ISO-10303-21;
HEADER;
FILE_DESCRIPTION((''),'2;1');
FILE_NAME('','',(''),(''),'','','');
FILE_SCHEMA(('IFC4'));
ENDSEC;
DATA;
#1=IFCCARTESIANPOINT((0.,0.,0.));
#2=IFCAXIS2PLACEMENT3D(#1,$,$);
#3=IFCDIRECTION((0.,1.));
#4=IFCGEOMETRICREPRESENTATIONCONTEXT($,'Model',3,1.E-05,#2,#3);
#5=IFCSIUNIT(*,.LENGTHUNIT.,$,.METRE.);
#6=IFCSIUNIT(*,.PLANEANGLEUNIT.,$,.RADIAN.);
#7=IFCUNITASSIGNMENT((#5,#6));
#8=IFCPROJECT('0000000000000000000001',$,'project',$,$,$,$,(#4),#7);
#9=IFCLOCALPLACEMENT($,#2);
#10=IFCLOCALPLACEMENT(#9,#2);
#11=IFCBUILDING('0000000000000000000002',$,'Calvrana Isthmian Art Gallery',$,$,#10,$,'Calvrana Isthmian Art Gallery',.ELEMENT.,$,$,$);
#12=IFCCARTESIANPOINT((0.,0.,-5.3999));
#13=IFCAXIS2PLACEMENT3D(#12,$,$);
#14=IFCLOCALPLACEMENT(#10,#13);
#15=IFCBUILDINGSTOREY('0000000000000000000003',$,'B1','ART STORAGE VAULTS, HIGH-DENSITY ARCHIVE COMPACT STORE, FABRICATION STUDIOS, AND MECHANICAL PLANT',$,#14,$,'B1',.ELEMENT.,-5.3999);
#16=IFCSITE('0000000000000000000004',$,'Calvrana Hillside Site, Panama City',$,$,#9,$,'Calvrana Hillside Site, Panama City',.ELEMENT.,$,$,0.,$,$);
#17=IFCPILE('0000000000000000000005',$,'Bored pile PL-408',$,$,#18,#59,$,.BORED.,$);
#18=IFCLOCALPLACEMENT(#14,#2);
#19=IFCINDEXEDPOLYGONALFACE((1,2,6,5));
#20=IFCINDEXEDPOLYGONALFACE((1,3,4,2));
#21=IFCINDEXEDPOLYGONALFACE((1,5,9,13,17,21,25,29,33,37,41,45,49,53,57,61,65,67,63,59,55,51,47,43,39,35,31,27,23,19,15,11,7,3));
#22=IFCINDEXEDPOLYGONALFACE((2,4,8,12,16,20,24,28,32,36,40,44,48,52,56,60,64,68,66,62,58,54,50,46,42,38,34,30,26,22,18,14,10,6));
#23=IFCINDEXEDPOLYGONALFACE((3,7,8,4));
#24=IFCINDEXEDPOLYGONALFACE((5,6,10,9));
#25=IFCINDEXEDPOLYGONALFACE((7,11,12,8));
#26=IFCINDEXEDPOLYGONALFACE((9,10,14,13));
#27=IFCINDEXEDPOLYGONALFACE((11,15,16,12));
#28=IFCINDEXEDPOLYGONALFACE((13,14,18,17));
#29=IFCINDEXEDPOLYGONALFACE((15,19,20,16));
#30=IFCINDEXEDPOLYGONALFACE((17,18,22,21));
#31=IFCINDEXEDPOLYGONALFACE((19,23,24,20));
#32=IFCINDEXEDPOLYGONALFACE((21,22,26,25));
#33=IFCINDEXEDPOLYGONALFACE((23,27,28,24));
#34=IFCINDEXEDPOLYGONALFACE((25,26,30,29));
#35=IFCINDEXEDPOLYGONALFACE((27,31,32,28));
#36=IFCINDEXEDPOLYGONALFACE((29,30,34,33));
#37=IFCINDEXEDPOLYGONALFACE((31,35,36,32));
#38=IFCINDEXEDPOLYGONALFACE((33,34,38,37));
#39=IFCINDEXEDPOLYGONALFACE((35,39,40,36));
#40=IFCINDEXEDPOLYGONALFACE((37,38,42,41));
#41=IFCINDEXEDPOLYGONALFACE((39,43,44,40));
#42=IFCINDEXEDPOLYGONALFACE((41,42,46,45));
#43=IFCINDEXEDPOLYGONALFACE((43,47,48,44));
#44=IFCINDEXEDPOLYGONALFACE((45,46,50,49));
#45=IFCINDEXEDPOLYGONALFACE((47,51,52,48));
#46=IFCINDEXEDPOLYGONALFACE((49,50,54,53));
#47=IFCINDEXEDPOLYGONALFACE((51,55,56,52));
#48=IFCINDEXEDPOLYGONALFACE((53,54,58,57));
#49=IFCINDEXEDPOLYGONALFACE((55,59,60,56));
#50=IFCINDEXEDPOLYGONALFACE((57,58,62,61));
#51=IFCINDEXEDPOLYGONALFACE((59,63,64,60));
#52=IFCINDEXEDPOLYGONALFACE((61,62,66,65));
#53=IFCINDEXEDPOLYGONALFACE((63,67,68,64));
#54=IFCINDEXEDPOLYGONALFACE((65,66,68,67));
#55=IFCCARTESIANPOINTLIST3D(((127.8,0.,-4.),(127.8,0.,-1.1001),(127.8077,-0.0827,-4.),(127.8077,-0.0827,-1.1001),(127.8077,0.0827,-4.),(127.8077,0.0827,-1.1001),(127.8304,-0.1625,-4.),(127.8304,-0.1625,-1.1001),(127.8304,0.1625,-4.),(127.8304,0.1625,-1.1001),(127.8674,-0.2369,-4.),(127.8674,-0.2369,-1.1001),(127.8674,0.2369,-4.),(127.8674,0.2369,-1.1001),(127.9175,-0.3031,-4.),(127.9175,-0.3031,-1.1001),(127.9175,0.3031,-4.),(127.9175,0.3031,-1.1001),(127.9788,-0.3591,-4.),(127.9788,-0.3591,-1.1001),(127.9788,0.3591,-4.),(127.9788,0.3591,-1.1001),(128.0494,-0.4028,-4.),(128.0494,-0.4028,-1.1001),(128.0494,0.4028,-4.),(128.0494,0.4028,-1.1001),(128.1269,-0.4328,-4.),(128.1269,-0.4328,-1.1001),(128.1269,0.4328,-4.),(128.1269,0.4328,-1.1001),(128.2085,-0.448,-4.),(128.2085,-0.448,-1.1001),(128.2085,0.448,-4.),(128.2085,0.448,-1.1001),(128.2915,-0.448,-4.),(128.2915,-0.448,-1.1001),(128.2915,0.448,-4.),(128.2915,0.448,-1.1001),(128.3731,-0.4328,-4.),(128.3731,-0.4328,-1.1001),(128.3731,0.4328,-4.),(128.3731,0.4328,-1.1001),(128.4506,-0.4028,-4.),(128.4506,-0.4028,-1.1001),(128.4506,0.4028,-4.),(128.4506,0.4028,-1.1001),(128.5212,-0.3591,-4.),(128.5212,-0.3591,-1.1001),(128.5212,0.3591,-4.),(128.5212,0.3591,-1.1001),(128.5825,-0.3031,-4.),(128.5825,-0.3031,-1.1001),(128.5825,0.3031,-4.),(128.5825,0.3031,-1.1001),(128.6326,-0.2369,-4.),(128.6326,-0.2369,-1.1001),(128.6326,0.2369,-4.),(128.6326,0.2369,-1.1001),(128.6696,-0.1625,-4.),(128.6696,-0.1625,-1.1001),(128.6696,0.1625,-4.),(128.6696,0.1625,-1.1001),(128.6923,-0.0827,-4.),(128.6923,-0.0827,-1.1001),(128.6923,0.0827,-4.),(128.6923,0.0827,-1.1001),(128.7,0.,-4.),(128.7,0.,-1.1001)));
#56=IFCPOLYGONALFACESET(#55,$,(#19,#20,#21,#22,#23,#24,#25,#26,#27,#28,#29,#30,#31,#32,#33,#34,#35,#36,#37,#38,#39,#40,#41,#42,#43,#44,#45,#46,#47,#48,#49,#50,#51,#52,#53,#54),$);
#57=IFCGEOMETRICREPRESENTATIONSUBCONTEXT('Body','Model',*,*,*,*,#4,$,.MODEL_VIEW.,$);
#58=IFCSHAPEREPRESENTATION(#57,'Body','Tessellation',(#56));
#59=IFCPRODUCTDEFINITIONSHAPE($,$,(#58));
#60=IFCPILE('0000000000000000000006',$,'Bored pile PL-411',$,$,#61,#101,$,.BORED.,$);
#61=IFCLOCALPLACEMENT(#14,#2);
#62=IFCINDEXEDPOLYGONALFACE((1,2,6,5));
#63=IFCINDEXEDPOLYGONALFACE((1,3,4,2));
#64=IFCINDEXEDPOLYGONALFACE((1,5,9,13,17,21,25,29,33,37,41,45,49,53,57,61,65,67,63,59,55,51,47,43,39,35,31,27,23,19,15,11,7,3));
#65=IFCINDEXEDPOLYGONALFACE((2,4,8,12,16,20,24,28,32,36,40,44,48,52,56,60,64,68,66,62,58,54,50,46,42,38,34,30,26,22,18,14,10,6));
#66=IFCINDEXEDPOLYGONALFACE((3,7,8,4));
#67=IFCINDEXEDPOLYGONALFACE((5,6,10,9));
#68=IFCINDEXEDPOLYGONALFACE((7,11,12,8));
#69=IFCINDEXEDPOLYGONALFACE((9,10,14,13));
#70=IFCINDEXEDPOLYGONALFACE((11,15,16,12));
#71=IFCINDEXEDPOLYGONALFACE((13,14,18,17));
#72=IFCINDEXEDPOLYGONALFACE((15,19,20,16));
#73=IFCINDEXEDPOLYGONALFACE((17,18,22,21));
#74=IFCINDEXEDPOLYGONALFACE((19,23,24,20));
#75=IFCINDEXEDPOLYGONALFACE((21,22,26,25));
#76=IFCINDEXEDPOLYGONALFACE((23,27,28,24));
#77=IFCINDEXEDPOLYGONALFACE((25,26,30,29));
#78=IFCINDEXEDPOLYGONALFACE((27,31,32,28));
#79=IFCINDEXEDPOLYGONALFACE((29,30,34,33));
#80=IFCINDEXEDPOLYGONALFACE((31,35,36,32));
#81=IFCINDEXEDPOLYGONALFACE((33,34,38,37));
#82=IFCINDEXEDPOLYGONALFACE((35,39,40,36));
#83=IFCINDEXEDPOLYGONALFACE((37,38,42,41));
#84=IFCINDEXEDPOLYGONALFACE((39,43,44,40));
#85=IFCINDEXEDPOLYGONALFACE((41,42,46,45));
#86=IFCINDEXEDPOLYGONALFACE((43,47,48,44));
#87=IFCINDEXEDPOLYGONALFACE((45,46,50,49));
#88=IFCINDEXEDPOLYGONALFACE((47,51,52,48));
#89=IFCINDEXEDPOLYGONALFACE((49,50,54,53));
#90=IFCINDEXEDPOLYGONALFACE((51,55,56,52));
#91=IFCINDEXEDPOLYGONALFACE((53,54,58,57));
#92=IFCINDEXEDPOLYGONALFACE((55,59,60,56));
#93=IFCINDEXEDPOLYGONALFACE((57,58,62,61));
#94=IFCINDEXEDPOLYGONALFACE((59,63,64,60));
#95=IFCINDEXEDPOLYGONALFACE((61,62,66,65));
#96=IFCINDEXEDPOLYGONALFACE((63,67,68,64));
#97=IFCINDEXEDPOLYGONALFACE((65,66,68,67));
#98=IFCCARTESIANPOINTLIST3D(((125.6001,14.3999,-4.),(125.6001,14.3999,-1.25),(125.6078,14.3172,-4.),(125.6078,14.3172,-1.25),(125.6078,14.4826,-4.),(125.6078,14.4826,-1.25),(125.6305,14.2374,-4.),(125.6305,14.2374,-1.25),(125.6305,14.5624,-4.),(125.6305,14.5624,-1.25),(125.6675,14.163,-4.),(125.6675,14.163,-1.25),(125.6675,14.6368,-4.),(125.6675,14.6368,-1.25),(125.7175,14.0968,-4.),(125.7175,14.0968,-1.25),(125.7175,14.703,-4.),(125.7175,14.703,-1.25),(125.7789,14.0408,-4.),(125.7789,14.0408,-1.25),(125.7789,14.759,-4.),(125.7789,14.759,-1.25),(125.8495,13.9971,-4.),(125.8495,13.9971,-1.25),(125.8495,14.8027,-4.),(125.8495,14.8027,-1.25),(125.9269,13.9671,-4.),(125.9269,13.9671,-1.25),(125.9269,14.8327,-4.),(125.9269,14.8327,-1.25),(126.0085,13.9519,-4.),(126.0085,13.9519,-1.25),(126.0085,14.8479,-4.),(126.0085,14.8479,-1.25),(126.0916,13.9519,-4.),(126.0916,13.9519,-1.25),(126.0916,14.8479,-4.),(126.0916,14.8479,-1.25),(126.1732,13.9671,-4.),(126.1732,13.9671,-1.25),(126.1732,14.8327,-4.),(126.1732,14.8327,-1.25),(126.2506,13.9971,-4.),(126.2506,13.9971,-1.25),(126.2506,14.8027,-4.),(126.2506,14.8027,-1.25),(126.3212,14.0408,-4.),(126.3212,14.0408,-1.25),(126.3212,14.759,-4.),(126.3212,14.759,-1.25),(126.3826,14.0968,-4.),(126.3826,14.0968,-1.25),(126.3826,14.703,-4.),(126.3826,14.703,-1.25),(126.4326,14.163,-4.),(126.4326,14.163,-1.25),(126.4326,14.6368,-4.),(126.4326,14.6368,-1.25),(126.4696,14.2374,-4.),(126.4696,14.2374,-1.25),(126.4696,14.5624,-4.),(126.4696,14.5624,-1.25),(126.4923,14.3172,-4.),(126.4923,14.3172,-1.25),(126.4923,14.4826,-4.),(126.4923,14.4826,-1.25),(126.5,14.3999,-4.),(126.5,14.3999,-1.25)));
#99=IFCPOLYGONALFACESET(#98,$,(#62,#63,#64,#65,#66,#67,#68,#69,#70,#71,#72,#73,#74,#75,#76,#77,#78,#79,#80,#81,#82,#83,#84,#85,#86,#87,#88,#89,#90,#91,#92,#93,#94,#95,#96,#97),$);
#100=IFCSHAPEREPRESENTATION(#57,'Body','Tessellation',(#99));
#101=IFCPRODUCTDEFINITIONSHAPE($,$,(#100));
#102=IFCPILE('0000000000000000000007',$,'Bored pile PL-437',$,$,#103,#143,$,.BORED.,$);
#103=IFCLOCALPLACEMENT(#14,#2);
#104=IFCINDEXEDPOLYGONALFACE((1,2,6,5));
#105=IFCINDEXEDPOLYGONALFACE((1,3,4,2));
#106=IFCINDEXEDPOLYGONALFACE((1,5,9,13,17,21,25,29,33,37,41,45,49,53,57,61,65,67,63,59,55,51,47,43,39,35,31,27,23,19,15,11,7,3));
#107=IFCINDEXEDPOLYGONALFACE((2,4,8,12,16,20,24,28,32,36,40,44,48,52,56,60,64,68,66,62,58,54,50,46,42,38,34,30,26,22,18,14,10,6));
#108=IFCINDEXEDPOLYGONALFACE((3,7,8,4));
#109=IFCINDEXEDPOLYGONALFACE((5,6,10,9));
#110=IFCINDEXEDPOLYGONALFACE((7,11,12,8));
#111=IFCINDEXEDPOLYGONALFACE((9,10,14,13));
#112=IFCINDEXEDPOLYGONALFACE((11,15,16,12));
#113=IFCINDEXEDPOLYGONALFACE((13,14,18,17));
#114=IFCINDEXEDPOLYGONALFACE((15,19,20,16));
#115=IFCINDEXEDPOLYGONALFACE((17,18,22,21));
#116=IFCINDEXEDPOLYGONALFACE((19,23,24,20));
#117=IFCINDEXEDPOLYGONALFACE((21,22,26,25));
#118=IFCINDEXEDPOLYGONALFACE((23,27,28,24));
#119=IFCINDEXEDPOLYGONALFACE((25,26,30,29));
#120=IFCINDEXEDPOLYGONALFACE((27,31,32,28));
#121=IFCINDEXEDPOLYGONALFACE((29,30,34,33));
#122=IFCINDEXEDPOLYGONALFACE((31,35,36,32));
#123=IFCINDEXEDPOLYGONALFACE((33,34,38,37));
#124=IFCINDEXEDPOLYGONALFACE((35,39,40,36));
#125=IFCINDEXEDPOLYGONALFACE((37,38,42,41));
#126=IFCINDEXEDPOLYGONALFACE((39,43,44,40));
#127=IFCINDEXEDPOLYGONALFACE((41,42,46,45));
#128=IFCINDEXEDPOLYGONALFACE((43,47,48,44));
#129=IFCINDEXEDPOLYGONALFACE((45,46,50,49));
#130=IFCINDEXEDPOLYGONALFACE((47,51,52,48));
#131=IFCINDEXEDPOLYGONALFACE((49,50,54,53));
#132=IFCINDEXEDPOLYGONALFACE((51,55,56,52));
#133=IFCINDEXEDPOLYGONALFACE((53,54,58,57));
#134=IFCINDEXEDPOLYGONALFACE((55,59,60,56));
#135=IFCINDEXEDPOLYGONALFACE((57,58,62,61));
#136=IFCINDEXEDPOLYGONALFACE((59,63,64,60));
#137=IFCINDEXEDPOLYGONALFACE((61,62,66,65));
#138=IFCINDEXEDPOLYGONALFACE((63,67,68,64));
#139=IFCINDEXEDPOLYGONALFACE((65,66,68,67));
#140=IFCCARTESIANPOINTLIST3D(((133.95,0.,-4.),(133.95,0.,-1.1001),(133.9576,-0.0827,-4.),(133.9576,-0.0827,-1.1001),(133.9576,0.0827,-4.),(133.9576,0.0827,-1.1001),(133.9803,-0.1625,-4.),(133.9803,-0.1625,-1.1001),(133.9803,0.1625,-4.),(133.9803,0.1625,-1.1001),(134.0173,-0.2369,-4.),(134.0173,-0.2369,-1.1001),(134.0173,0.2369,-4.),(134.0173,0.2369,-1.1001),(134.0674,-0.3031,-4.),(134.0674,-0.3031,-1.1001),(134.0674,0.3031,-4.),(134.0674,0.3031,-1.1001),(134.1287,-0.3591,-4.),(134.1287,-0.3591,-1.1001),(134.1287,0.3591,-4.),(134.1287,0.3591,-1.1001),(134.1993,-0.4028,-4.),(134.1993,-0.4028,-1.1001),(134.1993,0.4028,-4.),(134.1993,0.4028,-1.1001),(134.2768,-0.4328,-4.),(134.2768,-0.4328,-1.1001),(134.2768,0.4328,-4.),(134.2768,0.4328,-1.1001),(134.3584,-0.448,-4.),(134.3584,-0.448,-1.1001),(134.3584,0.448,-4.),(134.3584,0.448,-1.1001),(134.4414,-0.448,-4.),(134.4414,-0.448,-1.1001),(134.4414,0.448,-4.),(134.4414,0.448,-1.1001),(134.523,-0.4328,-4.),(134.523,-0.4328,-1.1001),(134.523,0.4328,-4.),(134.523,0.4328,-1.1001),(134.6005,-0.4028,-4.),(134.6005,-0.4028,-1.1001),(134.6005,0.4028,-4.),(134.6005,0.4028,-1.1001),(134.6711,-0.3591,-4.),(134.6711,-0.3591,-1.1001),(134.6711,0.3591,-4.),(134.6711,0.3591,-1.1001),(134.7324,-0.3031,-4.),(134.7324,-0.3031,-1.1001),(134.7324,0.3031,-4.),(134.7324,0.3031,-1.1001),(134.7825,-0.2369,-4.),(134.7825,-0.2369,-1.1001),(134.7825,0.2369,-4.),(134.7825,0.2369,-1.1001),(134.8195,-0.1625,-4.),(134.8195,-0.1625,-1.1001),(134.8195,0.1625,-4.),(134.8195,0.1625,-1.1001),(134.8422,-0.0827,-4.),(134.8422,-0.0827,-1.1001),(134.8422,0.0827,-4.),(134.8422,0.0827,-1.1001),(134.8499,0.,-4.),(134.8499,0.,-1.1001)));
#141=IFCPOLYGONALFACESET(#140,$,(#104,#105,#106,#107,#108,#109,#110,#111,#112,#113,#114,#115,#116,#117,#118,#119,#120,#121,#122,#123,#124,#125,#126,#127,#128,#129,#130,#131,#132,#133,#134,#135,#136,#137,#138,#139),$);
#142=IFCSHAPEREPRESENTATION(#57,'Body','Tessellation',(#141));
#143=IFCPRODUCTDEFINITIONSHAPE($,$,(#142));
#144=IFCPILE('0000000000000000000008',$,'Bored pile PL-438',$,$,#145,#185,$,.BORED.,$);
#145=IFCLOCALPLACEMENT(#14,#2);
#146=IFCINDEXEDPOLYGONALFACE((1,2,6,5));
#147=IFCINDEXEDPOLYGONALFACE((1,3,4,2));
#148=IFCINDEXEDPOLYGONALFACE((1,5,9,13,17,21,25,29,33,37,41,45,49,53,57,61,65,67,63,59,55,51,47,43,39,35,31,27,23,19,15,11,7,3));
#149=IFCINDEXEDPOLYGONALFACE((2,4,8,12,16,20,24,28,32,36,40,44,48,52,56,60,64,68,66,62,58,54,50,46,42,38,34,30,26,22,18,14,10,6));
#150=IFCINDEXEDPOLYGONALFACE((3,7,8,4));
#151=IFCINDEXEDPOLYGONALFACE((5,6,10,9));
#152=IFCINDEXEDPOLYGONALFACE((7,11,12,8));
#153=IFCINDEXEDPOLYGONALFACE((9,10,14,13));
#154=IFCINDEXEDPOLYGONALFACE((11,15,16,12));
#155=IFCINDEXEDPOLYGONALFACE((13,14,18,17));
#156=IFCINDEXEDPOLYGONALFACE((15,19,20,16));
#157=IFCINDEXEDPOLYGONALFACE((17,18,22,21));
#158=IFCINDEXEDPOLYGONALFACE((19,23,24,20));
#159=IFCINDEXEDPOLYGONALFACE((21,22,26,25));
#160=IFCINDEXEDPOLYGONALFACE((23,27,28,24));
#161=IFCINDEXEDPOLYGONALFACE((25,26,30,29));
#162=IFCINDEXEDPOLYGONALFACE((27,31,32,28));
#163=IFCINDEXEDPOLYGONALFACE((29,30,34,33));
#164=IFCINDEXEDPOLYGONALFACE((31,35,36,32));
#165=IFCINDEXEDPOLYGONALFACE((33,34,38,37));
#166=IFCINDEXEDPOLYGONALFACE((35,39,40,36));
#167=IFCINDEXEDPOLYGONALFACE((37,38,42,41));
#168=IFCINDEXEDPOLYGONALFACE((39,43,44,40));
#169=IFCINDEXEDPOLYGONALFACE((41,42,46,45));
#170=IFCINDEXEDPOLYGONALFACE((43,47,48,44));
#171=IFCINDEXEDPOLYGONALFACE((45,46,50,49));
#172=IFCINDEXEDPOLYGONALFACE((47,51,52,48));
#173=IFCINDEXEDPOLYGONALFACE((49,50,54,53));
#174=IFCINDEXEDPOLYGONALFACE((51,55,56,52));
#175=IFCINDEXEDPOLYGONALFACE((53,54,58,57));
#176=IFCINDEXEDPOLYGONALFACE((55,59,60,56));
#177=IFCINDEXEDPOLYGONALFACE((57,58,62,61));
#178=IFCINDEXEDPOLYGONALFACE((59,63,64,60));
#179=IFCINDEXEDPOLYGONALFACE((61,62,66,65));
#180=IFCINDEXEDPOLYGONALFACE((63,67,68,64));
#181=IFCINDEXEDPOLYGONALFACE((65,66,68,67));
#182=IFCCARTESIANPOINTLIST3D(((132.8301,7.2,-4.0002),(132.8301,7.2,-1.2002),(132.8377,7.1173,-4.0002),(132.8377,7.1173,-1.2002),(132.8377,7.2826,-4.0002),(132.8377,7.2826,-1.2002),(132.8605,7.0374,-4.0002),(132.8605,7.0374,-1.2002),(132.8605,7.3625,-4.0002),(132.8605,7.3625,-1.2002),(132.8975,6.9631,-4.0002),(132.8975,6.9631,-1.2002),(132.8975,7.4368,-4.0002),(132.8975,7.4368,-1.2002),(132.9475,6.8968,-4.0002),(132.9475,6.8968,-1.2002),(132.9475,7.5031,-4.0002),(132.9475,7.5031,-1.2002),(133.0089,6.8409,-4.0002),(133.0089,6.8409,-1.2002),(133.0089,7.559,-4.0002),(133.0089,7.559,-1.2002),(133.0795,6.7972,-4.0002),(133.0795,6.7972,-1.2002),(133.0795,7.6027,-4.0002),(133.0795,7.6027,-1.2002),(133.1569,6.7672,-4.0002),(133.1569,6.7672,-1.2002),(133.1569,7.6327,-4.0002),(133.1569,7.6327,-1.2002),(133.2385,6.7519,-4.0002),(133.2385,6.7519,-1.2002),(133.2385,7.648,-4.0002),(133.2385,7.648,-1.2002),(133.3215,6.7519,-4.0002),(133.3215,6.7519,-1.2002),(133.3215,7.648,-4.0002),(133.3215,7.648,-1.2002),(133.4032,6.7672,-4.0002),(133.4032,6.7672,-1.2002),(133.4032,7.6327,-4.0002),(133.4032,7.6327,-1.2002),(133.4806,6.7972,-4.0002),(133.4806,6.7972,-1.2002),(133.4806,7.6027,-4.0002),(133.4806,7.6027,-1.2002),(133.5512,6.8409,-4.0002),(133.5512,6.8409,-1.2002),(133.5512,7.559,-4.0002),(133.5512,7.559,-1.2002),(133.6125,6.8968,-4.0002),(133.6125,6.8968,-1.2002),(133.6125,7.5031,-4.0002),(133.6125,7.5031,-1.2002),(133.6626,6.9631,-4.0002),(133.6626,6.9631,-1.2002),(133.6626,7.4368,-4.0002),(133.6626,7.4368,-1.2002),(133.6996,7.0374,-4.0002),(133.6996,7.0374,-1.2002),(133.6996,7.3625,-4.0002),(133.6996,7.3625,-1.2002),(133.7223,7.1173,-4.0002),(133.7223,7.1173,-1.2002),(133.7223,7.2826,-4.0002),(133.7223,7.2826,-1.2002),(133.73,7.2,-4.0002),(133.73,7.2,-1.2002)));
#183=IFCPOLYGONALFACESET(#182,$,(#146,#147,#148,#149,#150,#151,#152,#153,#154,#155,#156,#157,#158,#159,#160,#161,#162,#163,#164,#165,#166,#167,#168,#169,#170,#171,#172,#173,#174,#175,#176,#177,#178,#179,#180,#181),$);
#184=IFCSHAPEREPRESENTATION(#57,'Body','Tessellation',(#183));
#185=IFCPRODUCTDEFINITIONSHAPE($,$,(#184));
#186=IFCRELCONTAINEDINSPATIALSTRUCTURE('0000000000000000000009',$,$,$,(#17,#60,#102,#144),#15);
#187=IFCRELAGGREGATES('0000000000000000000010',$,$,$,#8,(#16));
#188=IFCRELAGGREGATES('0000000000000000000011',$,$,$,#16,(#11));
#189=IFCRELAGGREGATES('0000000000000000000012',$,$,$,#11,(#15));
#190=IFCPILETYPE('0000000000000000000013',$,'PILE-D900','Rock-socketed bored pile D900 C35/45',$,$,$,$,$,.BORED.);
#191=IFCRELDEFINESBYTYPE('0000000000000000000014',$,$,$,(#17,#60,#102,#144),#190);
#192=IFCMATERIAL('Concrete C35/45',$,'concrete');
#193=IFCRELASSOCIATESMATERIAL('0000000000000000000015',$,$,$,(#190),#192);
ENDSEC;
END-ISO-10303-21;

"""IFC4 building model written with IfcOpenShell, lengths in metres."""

from ifc_helpers import new_model, si_unit, direction, frame, origin, origin_2d, place, context, subcontext, project, spatial, circle, extrude, material, material_profile, profile_set, type_object, element, save


model = new_model("IFC4")

# Units and contexts
model_context = context("Model", 3, precision=1e-05, world=origin(), true_north=direction((0.0, 1.0)))
body_context = subcontext(model_context, "Body", "Model", "MODEL_VIEW")
ifc_project = project(units=[si_unit("LENGTHUNIT", "METRE"), si_unit("PLANEANGLEUNIT", "RADIAN")], contexts=[model_context])

# Site, building, storey
site_placement = place(None, origin())
site = spatial("IfcSite", under=ifc_project, at=site_placement, Name="Calvrana Hillside Site, Panama City", LongName="Calvrana Hillside Site, Panama City", CompositionType="ELEMENT", RefElevation=0.0)
building_placement = place(site_placement, origin())
building = spatial("IfcBuilding", under=site, at=building_placement, Name="Calvrana Isthmian Art Gallery", LongName="Calvrana Isthmian Art Gallery", CompositionType="ELEMENT")
storey_placement = place(building_placement, frame((0.0, 0.0, -5.3999)))
storey = spatial("IfcBuildingStorey", under=building, at=storey_placement, Name="B1", Description="ART STORAGE VAULTS, HIGH-DENSITY ARCHIVE COMPACT STORE, FABRICATION STUDIOS, AND MECHANICAL PLANT", LongName="B1", CompositionType="ELEMENT", Elevation=-5.3999)

# Shared definitions
ifc_material_1 = material(Name="Concrete C35/45", Category="concrete")

# Piles
ifc_material_profile_1 = material_profile(ifc_material_1, circle(Radius=0.45, at=origin_2d()), Name="PILE900D")
ifc_profile_set_1 = profile_set([ifc_material_profile_1], Name="Concrete C35/45")
pile_type_1 = type_object("IfcPileType", Name="PILE-D900", Description="Rock-socketed bored pile D900 C35/45", PredefinedType="BORED", material=ifc_profile_set_1)
for number, where, z_axis, x_axis, name in (
    (1, (128.25, 0.0, -1.1001), (0.0, 0.0, -1.0), (1.0, 0.0, 0.0), "Bored pile PL-408"),
):
    element("IfcPile", number, at=place(storey_placement, frame(where, z_axis=z_axis, x_axis=x_axis)), inside=storey, type_object=pile_type_1, Name=name, PredefinedType="BORED", context=body_context, shape_type="SweptSolid", body=[
        extrude(circle(Radius=0.45, at=origin_2d()), origin(), (0.0, 0.0, 1.0), 2.8999),
    ])
pile_1_placement = place(storey_placement, frame((126.05, 14.3999, -1.25), z_axis=(0.0, 0.0, -1.0), x_axis=(1.0, 0.0, 0.0)))
element("IfcPile", 2, at=pile_1_placement, inside=storey, type_object=pile_type_1, Name="Bored pile PL-411", PredefinedType="BORED", context=body_context, shape_type="SweptSolid", body=[
    extrude(circle(Radius=0.45, at=origin_2d()), origin(), (0.0, 0.0, 1.0), 2.75),
])
pile_2_placement = place(storey_placement, frame((134.3999, 0.0, -1.1001), z_axis=(0.0, 0.0, -1.0), x_axis=(1.0, 0.0, 0.0)))
element("IfcPile", 3, at=pile_2_placement, inside=storey, type_object=pile_type_1, Name="Bored pile PL-437", PredefinedType="BORED", context=body_context, shape_type="SweptSolid", body=[
    extrude(circle(Radius=0.45, at=origin_2d()), origin(), (0.0, 0.0, 1.0), 2.8999),
])
for number, where, z_axis, x_axis, name in (
    (4, (133.28, 7.2, -1.2002), (0.0, 0.0, -1.0), (1.0, 0.0, 0.0), "Bored pile PL-438"),
):
    element("IfcPile", number, at=place(storey_placement, frame(where, z_axis=z_axis, x_axis=x_axis)), inside=storey, type_object=pile_type_1, Name=name, PredefinedType="BORED", context=body_context, shape_type="SweptSolid", body=[
        extrude(circle(Radius=0.45, at=origin_2d()), origin(), (0.0, 0.0, 1.0), 2.8),
    ])

save(model, "model.ifc")
